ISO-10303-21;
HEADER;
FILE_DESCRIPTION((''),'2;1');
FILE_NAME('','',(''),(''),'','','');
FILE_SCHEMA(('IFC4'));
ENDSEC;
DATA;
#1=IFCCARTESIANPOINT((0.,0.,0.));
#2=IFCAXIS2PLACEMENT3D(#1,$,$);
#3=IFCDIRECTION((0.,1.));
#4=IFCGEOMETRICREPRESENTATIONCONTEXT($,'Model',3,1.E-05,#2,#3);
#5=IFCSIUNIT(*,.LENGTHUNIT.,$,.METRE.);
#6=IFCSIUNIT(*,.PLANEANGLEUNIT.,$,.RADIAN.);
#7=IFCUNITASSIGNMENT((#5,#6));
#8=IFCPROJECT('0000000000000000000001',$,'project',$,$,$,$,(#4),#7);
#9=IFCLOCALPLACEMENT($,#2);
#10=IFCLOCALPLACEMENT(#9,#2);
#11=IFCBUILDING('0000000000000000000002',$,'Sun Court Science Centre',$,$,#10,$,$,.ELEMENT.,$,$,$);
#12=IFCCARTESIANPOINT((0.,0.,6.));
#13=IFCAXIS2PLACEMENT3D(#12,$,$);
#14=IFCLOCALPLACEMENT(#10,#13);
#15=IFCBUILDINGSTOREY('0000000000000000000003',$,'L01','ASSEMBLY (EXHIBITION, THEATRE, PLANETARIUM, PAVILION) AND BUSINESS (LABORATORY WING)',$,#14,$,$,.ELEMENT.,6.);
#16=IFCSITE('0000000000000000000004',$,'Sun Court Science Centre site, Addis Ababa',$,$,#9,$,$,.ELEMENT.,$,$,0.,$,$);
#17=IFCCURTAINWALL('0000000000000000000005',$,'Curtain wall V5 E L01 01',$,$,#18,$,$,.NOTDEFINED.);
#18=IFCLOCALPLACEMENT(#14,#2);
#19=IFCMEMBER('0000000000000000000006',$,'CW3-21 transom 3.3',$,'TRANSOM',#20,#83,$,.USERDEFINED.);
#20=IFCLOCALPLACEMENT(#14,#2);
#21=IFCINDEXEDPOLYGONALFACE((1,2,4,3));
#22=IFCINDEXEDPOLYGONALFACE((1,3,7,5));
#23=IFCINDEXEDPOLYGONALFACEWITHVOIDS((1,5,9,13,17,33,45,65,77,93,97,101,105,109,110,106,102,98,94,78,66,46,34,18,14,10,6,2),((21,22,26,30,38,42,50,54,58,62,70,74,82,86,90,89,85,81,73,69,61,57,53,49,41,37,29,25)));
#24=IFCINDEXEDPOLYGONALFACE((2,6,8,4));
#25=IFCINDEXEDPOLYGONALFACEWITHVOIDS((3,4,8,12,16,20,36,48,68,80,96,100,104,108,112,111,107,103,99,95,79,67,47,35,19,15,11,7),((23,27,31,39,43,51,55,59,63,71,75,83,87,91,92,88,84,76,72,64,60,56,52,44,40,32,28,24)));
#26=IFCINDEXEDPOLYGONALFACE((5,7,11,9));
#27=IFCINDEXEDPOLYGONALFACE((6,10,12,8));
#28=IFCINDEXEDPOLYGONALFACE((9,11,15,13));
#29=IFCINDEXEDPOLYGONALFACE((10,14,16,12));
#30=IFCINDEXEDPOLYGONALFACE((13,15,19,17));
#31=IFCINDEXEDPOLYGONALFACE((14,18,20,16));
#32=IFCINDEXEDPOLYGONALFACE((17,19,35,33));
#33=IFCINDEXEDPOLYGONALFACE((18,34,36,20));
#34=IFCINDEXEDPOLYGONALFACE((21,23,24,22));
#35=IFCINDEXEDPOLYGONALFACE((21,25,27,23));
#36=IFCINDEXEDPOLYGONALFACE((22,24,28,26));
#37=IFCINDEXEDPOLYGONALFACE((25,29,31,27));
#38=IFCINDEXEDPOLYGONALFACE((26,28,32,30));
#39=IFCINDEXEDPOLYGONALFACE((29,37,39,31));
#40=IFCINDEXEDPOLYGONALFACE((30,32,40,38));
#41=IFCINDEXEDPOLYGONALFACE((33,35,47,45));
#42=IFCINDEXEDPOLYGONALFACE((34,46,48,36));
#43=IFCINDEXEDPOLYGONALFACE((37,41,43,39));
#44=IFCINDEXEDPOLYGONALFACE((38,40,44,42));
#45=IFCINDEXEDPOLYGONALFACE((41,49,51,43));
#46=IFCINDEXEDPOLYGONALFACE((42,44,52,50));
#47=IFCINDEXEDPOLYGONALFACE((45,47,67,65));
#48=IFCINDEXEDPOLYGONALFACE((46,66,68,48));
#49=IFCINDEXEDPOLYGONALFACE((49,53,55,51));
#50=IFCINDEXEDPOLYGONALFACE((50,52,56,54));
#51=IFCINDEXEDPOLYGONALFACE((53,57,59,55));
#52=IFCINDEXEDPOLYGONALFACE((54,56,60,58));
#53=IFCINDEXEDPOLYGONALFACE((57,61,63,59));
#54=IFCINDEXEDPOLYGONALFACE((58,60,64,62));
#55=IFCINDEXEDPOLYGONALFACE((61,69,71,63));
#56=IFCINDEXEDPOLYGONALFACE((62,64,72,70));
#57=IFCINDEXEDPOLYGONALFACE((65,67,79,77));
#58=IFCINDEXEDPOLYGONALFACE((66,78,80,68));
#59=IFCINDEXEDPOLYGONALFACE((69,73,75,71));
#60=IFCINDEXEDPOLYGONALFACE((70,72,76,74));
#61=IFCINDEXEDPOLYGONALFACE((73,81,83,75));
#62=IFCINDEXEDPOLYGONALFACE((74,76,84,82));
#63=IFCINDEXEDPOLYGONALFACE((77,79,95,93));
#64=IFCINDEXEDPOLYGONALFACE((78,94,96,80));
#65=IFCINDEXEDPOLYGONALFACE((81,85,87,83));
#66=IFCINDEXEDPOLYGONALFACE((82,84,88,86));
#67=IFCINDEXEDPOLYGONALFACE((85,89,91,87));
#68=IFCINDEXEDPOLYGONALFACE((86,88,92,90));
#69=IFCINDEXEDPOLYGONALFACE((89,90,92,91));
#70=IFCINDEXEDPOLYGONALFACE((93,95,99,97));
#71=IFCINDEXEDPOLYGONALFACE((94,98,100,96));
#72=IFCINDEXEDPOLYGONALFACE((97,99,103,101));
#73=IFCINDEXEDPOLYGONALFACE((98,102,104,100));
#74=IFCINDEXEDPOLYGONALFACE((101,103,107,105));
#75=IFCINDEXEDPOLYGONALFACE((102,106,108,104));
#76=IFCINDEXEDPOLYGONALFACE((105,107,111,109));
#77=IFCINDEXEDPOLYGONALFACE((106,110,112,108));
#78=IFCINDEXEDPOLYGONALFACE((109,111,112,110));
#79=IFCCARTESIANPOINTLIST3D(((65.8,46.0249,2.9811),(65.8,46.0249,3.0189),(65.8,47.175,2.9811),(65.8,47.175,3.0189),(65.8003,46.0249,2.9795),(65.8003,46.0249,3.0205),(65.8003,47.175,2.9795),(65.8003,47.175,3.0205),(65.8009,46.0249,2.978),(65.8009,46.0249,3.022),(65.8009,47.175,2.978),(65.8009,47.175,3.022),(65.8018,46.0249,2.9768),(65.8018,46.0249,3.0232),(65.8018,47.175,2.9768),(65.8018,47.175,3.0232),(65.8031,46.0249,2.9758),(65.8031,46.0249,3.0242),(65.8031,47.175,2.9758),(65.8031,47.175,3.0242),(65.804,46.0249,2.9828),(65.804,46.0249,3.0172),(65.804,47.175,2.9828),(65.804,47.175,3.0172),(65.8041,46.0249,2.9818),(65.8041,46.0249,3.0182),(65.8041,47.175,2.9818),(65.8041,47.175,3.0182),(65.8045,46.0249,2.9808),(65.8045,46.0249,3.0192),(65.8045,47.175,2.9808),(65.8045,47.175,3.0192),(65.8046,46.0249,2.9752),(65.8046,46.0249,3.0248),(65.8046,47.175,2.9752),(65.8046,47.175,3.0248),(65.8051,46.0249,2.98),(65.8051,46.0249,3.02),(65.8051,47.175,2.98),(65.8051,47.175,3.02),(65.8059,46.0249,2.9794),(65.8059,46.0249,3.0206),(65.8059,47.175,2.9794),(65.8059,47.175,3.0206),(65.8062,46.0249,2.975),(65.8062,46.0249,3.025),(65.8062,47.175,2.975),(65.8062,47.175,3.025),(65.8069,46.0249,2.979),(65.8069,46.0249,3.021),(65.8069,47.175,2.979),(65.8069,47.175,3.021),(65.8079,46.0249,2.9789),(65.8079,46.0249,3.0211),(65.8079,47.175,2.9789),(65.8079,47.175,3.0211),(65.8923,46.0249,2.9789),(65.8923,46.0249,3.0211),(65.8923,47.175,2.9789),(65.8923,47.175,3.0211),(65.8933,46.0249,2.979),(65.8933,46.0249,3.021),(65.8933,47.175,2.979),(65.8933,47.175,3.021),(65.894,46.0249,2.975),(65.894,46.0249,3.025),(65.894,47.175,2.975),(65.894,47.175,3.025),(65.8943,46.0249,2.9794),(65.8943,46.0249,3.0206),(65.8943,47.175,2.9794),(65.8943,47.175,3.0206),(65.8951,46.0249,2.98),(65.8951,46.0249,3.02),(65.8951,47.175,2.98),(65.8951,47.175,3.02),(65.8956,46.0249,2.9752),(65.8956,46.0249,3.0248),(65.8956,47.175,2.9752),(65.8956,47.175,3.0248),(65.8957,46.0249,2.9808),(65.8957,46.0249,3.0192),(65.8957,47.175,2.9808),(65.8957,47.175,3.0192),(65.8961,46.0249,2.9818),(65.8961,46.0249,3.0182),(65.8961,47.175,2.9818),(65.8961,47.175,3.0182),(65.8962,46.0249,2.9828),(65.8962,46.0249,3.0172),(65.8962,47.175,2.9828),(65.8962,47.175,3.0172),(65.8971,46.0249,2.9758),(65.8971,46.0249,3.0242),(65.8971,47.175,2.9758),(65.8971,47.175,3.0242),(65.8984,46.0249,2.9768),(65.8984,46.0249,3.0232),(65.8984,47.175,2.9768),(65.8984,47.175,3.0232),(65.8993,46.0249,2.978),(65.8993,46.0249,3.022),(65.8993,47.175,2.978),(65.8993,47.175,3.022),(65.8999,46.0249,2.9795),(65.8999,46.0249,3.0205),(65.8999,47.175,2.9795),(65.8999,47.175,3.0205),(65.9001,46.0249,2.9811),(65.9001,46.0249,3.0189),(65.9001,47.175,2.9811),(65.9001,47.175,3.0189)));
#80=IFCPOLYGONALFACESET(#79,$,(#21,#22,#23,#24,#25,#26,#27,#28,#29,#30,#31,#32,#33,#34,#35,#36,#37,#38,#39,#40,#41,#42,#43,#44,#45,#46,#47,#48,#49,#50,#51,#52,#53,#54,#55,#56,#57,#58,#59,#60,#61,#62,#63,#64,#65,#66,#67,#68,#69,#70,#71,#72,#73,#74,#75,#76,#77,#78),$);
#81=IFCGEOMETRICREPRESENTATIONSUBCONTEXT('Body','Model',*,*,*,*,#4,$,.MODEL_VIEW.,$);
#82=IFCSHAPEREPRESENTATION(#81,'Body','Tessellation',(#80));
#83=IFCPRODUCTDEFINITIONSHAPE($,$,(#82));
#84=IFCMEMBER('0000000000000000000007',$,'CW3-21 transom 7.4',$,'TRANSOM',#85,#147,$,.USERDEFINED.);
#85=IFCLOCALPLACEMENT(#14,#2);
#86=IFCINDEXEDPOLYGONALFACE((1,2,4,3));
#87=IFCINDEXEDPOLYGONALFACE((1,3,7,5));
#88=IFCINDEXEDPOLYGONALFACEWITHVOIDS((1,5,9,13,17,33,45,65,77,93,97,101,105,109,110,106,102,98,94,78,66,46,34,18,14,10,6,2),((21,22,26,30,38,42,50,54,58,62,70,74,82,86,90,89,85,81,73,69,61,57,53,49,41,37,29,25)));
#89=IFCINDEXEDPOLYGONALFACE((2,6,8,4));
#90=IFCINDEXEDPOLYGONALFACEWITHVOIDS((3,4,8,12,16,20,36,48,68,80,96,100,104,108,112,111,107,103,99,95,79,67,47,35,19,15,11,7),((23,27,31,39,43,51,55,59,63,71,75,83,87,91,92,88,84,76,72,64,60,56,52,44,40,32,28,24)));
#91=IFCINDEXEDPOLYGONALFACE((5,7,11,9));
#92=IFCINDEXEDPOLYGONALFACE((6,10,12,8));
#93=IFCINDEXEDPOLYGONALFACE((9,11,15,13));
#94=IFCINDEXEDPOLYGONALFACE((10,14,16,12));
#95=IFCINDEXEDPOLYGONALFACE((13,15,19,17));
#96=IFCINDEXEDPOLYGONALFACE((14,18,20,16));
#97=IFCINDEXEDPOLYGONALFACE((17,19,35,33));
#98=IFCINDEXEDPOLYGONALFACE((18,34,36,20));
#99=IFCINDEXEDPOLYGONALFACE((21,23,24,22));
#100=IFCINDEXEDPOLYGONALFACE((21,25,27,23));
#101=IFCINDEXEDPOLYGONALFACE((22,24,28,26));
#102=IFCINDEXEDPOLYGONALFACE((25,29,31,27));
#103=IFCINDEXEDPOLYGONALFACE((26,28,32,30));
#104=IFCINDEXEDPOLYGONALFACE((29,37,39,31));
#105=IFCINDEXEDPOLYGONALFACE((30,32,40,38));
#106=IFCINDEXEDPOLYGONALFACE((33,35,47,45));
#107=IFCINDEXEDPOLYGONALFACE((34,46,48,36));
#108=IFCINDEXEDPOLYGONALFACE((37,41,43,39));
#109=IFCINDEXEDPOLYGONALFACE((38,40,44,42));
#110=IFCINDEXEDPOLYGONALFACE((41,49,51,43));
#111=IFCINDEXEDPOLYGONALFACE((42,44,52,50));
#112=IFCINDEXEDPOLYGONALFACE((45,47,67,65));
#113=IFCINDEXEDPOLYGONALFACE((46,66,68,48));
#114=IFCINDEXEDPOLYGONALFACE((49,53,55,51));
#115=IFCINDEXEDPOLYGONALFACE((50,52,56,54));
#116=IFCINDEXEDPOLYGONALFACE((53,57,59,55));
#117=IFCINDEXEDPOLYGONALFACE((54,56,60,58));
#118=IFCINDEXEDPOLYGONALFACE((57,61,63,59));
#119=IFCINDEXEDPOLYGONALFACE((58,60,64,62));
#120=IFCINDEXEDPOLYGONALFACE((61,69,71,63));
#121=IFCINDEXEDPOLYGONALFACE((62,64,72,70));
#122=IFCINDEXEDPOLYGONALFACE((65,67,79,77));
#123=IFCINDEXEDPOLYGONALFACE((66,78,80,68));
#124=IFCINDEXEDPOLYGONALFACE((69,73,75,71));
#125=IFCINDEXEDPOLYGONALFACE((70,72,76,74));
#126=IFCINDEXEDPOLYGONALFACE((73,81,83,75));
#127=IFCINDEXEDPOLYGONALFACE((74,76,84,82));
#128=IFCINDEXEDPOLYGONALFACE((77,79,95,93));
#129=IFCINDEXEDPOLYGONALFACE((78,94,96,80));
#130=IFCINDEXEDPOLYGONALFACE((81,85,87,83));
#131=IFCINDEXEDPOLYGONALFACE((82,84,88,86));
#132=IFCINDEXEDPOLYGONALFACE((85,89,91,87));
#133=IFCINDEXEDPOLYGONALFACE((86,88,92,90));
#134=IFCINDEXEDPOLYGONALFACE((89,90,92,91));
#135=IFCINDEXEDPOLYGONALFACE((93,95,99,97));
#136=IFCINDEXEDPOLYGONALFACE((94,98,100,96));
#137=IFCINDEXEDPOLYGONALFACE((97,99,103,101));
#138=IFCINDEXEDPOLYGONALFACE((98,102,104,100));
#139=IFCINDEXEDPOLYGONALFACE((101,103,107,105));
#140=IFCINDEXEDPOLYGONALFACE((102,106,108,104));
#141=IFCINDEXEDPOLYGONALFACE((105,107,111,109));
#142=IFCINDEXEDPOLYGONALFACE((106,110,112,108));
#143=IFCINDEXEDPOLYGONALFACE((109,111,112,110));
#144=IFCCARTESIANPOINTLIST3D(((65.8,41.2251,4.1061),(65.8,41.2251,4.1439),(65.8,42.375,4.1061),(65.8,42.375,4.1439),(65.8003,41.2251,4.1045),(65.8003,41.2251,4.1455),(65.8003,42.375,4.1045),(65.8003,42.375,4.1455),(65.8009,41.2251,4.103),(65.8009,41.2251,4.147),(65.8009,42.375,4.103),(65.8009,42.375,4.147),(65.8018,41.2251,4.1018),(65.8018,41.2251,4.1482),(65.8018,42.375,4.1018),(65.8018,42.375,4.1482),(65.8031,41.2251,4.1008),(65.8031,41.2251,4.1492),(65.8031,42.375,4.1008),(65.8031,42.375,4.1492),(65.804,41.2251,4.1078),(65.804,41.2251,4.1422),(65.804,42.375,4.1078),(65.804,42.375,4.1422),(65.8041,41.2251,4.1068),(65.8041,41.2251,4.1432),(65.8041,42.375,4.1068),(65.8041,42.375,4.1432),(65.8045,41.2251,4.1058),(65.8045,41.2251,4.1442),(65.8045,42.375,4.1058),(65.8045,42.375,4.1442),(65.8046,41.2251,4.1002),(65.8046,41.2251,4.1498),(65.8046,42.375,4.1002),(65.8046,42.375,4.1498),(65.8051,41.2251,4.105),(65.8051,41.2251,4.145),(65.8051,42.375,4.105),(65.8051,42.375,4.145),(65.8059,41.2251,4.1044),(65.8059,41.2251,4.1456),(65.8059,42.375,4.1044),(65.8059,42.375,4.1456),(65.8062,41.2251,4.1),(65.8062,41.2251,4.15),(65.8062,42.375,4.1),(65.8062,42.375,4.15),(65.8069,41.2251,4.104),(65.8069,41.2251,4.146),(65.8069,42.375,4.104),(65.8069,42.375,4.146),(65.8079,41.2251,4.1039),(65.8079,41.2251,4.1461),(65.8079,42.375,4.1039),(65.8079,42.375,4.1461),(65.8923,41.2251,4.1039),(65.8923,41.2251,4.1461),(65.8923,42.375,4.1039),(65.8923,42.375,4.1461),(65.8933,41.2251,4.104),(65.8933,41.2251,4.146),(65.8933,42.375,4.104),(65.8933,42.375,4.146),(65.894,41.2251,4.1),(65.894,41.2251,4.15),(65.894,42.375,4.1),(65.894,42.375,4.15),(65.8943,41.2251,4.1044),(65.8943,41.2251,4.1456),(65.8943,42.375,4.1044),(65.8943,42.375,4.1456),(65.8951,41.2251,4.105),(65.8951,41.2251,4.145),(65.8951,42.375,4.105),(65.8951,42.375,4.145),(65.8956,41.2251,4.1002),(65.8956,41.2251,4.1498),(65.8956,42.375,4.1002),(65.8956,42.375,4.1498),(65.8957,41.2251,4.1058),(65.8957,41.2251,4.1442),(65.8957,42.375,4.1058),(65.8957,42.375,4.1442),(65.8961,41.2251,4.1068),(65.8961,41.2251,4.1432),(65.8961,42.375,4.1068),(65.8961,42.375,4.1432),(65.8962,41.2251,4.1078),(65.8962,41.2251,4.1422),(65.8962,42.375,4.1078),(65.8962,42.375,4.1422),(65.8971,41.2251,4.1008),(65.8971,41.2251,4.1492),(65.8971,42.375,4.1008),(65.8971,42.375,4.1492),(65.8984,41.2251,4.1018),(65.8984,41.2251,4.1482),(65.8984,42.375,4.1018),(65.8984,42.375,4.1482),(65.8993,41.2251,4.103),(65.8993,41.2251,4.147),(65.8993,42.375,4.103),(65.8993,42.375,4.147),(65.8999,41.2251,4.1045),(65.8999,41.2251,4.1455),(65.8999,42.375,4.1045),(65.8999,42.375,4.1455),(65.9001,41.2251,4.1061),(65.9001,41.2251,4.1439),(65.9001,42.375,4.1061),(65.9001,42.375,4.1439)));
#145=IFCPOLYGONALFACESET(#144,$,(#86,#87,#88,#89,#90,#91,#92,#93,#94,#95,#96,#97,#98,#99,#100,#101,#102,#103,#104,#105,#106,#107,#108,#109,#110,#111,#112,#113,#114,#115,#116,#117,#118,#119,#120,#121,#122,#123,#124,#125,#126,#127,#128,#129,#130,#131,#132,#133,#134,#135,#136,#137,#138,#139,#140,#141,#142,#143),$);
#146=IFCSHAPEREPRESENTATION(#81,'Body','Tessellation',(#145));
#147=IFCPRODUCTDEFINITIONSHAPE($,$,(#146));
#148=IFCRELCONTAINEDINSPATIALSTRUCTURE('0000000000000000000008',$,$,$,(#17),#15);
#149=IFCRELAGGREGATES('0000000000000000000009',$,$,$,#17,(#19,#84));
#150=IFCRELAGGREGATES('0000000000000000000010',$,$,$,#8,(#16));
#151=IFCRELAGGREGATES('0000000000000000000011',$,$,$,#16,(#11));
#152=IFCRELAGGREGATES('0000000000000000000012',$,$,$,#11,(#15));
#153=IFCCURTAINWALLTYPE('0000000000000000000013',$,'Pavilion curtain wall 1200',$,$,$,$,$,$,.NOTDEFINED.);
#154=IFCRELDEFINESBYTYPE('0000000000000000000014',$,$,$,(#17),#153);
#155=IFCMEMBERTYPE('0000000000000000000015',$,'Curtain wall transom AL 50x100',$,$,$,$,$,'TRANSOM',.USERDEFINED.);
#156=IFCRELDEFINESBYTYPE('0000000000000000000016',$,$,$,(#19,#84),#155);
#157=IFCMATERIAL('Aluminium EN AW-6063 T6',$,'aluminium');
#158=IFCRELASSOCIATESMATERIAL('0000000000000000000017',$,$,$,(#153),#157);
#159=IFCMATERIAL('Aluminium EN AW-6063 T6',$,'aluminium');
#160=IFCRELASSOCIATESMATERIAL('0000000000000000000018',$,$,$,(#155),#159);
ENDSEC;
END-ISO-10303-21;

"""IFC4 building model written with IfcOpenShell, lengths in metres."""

from ifc_helpers import new_model, si_unit, direction, frame, origin, origin_2d, place, context, subcontext, project, spatial, hollow_rectangle, extrude, material, material_profile, profile_set, type_object, element, aggregate, save


model = new_model("IFC4")

# Units and contexts
model_context = context("Model", 3, precision=1e-05, world=origin(), true_north=direction((0.0, 1.0)))
body_context = subcontext(model_context, "Body", "Model", "MODEL_VIEW")
ifc_project = project(units=[si_unit("LENGTHUNIT", "METRE"), si_unit("PLANEANGLEUNIT", "RADIAN")], contexts=[model_context])

# Site, building, storey
site_placement = place(None, origin())
site = spatial("IfcSite", under=ifc_project, at=site_placement, Name="Sun Court Science Centre site, Addis Ababa", CompositionType="ELEMENT", RefElevation=0.0)
building_placement = place(site_placement, origin())
building = spatial("IfcBuilding", under=site, at=building_placement, Name="Sun Court Science Centre", CompositionType="ELEMENT")
storey_placement = place(building_placement, frame((0.0, 0.0, 6.0)))
storey = spatial("IfcBuildingStorey", under=building, at=storey_placement, Name="L01", Description="ASSEMBLY (EXHIBITION, THEATRE, PLANETARIUM, PAVILION) AND BUSINESS (LABORATORY WING)", CompositionType="ELEMENT", Elevation=6.0)

# Curtain wall, members
ifc_material_1 = material(Name="Aluminium EN AW-6063 T6", Category="aluminium")
curtain_wall_type = type_object("IfcCurtainWallType", Name="Pavilion curtain wall 1200", PredefinedType="NOTDEFINED", material=ifc_material_1)
curtain_wall_placement = place(storey_placement, origin())
curtain_wall = element("IfcCurtainWall", 1, at=curtain_wall_placement, inside=storey, type_object=curtain_wall_type, Name="Curtain wall V5 E L01 01", PredefinedType="NOTDEFINED")
ifc_material_2 = material(Name="Aluminium EN AW-6063 T6", Category="aluminium")
ifc_material_profile_1 = material_profile(ifc_material_2, hollow_rectangle(XDim=0.05, YDim=0.1001, WallThickness=0.0039, InnerFilletRadius=0.0039, OuterFilletRadius=0.0061, at=origin_2d()), Name="AL 50x100x4")
ifc_profile_set_1 = profile_set([ifc_material_profile_1], Name="Aluminium EN AW-6063 T6")
member_type_1 = type_object("IfcMemberType", Name="Curtain wall transom AL 50x100", ElementType="TRANSOM", PredefinedType="USERDEFINED", material=ifc_profile_set_1)
member_1_placement = place(storey_placement, frame((65.8501, 47.175, 3.0), z_axis=(0.0, -1.0, 0.0), x_axis=(0.0, 0.0, 1.0)))
member_1 = element("IfcMember", 2, at=member_1_placement, type_object=member_type_1, Name="CW3-21 transom 3.3", ObjectType="TRANSOM", PredefinedType="USERDEFINED", context=body_context, shape_type="SweptSolid", body=[
    extrude(hollow_rectangle(XDim=0.05, YDim=0.1001, WallThickness=0.0039, InnerFilletRadius=0.0039, OuterFilletRadius=0.0061, at=origin_2d()), origin(), (0.0, 0.0, 1.0), 1.1501),
])
member_2_placement = place(storey_placement, frame((65.8501, 42.375, 4.125), z_axis=(0.0, -1.0, 0.0), x_axis=(0.0, 0.0, 1.0)))
member_2 = element("IfcMember", 3, at=member_2_placement, type_object=member_type_1, Name="CW3-21 transom 7.4", ObjectType="TRANSOM", PredefinedType="USERDEFINED", context=body_context, shape_type="SweptSolid", body=[
    extrude(hollow_rectangle(XDim=0.05, YDim=0.1001, WallThickness=0.0039, InnerFilletRadius=0.0039, OuterFilletRadius=0.0061, at=origin_2d()), origin(), (0.0, 0.0, 1.0), 1.1499),
])
aggregate(curtain_wall, [member_1, member_2])

save(model, "model.ifc")
